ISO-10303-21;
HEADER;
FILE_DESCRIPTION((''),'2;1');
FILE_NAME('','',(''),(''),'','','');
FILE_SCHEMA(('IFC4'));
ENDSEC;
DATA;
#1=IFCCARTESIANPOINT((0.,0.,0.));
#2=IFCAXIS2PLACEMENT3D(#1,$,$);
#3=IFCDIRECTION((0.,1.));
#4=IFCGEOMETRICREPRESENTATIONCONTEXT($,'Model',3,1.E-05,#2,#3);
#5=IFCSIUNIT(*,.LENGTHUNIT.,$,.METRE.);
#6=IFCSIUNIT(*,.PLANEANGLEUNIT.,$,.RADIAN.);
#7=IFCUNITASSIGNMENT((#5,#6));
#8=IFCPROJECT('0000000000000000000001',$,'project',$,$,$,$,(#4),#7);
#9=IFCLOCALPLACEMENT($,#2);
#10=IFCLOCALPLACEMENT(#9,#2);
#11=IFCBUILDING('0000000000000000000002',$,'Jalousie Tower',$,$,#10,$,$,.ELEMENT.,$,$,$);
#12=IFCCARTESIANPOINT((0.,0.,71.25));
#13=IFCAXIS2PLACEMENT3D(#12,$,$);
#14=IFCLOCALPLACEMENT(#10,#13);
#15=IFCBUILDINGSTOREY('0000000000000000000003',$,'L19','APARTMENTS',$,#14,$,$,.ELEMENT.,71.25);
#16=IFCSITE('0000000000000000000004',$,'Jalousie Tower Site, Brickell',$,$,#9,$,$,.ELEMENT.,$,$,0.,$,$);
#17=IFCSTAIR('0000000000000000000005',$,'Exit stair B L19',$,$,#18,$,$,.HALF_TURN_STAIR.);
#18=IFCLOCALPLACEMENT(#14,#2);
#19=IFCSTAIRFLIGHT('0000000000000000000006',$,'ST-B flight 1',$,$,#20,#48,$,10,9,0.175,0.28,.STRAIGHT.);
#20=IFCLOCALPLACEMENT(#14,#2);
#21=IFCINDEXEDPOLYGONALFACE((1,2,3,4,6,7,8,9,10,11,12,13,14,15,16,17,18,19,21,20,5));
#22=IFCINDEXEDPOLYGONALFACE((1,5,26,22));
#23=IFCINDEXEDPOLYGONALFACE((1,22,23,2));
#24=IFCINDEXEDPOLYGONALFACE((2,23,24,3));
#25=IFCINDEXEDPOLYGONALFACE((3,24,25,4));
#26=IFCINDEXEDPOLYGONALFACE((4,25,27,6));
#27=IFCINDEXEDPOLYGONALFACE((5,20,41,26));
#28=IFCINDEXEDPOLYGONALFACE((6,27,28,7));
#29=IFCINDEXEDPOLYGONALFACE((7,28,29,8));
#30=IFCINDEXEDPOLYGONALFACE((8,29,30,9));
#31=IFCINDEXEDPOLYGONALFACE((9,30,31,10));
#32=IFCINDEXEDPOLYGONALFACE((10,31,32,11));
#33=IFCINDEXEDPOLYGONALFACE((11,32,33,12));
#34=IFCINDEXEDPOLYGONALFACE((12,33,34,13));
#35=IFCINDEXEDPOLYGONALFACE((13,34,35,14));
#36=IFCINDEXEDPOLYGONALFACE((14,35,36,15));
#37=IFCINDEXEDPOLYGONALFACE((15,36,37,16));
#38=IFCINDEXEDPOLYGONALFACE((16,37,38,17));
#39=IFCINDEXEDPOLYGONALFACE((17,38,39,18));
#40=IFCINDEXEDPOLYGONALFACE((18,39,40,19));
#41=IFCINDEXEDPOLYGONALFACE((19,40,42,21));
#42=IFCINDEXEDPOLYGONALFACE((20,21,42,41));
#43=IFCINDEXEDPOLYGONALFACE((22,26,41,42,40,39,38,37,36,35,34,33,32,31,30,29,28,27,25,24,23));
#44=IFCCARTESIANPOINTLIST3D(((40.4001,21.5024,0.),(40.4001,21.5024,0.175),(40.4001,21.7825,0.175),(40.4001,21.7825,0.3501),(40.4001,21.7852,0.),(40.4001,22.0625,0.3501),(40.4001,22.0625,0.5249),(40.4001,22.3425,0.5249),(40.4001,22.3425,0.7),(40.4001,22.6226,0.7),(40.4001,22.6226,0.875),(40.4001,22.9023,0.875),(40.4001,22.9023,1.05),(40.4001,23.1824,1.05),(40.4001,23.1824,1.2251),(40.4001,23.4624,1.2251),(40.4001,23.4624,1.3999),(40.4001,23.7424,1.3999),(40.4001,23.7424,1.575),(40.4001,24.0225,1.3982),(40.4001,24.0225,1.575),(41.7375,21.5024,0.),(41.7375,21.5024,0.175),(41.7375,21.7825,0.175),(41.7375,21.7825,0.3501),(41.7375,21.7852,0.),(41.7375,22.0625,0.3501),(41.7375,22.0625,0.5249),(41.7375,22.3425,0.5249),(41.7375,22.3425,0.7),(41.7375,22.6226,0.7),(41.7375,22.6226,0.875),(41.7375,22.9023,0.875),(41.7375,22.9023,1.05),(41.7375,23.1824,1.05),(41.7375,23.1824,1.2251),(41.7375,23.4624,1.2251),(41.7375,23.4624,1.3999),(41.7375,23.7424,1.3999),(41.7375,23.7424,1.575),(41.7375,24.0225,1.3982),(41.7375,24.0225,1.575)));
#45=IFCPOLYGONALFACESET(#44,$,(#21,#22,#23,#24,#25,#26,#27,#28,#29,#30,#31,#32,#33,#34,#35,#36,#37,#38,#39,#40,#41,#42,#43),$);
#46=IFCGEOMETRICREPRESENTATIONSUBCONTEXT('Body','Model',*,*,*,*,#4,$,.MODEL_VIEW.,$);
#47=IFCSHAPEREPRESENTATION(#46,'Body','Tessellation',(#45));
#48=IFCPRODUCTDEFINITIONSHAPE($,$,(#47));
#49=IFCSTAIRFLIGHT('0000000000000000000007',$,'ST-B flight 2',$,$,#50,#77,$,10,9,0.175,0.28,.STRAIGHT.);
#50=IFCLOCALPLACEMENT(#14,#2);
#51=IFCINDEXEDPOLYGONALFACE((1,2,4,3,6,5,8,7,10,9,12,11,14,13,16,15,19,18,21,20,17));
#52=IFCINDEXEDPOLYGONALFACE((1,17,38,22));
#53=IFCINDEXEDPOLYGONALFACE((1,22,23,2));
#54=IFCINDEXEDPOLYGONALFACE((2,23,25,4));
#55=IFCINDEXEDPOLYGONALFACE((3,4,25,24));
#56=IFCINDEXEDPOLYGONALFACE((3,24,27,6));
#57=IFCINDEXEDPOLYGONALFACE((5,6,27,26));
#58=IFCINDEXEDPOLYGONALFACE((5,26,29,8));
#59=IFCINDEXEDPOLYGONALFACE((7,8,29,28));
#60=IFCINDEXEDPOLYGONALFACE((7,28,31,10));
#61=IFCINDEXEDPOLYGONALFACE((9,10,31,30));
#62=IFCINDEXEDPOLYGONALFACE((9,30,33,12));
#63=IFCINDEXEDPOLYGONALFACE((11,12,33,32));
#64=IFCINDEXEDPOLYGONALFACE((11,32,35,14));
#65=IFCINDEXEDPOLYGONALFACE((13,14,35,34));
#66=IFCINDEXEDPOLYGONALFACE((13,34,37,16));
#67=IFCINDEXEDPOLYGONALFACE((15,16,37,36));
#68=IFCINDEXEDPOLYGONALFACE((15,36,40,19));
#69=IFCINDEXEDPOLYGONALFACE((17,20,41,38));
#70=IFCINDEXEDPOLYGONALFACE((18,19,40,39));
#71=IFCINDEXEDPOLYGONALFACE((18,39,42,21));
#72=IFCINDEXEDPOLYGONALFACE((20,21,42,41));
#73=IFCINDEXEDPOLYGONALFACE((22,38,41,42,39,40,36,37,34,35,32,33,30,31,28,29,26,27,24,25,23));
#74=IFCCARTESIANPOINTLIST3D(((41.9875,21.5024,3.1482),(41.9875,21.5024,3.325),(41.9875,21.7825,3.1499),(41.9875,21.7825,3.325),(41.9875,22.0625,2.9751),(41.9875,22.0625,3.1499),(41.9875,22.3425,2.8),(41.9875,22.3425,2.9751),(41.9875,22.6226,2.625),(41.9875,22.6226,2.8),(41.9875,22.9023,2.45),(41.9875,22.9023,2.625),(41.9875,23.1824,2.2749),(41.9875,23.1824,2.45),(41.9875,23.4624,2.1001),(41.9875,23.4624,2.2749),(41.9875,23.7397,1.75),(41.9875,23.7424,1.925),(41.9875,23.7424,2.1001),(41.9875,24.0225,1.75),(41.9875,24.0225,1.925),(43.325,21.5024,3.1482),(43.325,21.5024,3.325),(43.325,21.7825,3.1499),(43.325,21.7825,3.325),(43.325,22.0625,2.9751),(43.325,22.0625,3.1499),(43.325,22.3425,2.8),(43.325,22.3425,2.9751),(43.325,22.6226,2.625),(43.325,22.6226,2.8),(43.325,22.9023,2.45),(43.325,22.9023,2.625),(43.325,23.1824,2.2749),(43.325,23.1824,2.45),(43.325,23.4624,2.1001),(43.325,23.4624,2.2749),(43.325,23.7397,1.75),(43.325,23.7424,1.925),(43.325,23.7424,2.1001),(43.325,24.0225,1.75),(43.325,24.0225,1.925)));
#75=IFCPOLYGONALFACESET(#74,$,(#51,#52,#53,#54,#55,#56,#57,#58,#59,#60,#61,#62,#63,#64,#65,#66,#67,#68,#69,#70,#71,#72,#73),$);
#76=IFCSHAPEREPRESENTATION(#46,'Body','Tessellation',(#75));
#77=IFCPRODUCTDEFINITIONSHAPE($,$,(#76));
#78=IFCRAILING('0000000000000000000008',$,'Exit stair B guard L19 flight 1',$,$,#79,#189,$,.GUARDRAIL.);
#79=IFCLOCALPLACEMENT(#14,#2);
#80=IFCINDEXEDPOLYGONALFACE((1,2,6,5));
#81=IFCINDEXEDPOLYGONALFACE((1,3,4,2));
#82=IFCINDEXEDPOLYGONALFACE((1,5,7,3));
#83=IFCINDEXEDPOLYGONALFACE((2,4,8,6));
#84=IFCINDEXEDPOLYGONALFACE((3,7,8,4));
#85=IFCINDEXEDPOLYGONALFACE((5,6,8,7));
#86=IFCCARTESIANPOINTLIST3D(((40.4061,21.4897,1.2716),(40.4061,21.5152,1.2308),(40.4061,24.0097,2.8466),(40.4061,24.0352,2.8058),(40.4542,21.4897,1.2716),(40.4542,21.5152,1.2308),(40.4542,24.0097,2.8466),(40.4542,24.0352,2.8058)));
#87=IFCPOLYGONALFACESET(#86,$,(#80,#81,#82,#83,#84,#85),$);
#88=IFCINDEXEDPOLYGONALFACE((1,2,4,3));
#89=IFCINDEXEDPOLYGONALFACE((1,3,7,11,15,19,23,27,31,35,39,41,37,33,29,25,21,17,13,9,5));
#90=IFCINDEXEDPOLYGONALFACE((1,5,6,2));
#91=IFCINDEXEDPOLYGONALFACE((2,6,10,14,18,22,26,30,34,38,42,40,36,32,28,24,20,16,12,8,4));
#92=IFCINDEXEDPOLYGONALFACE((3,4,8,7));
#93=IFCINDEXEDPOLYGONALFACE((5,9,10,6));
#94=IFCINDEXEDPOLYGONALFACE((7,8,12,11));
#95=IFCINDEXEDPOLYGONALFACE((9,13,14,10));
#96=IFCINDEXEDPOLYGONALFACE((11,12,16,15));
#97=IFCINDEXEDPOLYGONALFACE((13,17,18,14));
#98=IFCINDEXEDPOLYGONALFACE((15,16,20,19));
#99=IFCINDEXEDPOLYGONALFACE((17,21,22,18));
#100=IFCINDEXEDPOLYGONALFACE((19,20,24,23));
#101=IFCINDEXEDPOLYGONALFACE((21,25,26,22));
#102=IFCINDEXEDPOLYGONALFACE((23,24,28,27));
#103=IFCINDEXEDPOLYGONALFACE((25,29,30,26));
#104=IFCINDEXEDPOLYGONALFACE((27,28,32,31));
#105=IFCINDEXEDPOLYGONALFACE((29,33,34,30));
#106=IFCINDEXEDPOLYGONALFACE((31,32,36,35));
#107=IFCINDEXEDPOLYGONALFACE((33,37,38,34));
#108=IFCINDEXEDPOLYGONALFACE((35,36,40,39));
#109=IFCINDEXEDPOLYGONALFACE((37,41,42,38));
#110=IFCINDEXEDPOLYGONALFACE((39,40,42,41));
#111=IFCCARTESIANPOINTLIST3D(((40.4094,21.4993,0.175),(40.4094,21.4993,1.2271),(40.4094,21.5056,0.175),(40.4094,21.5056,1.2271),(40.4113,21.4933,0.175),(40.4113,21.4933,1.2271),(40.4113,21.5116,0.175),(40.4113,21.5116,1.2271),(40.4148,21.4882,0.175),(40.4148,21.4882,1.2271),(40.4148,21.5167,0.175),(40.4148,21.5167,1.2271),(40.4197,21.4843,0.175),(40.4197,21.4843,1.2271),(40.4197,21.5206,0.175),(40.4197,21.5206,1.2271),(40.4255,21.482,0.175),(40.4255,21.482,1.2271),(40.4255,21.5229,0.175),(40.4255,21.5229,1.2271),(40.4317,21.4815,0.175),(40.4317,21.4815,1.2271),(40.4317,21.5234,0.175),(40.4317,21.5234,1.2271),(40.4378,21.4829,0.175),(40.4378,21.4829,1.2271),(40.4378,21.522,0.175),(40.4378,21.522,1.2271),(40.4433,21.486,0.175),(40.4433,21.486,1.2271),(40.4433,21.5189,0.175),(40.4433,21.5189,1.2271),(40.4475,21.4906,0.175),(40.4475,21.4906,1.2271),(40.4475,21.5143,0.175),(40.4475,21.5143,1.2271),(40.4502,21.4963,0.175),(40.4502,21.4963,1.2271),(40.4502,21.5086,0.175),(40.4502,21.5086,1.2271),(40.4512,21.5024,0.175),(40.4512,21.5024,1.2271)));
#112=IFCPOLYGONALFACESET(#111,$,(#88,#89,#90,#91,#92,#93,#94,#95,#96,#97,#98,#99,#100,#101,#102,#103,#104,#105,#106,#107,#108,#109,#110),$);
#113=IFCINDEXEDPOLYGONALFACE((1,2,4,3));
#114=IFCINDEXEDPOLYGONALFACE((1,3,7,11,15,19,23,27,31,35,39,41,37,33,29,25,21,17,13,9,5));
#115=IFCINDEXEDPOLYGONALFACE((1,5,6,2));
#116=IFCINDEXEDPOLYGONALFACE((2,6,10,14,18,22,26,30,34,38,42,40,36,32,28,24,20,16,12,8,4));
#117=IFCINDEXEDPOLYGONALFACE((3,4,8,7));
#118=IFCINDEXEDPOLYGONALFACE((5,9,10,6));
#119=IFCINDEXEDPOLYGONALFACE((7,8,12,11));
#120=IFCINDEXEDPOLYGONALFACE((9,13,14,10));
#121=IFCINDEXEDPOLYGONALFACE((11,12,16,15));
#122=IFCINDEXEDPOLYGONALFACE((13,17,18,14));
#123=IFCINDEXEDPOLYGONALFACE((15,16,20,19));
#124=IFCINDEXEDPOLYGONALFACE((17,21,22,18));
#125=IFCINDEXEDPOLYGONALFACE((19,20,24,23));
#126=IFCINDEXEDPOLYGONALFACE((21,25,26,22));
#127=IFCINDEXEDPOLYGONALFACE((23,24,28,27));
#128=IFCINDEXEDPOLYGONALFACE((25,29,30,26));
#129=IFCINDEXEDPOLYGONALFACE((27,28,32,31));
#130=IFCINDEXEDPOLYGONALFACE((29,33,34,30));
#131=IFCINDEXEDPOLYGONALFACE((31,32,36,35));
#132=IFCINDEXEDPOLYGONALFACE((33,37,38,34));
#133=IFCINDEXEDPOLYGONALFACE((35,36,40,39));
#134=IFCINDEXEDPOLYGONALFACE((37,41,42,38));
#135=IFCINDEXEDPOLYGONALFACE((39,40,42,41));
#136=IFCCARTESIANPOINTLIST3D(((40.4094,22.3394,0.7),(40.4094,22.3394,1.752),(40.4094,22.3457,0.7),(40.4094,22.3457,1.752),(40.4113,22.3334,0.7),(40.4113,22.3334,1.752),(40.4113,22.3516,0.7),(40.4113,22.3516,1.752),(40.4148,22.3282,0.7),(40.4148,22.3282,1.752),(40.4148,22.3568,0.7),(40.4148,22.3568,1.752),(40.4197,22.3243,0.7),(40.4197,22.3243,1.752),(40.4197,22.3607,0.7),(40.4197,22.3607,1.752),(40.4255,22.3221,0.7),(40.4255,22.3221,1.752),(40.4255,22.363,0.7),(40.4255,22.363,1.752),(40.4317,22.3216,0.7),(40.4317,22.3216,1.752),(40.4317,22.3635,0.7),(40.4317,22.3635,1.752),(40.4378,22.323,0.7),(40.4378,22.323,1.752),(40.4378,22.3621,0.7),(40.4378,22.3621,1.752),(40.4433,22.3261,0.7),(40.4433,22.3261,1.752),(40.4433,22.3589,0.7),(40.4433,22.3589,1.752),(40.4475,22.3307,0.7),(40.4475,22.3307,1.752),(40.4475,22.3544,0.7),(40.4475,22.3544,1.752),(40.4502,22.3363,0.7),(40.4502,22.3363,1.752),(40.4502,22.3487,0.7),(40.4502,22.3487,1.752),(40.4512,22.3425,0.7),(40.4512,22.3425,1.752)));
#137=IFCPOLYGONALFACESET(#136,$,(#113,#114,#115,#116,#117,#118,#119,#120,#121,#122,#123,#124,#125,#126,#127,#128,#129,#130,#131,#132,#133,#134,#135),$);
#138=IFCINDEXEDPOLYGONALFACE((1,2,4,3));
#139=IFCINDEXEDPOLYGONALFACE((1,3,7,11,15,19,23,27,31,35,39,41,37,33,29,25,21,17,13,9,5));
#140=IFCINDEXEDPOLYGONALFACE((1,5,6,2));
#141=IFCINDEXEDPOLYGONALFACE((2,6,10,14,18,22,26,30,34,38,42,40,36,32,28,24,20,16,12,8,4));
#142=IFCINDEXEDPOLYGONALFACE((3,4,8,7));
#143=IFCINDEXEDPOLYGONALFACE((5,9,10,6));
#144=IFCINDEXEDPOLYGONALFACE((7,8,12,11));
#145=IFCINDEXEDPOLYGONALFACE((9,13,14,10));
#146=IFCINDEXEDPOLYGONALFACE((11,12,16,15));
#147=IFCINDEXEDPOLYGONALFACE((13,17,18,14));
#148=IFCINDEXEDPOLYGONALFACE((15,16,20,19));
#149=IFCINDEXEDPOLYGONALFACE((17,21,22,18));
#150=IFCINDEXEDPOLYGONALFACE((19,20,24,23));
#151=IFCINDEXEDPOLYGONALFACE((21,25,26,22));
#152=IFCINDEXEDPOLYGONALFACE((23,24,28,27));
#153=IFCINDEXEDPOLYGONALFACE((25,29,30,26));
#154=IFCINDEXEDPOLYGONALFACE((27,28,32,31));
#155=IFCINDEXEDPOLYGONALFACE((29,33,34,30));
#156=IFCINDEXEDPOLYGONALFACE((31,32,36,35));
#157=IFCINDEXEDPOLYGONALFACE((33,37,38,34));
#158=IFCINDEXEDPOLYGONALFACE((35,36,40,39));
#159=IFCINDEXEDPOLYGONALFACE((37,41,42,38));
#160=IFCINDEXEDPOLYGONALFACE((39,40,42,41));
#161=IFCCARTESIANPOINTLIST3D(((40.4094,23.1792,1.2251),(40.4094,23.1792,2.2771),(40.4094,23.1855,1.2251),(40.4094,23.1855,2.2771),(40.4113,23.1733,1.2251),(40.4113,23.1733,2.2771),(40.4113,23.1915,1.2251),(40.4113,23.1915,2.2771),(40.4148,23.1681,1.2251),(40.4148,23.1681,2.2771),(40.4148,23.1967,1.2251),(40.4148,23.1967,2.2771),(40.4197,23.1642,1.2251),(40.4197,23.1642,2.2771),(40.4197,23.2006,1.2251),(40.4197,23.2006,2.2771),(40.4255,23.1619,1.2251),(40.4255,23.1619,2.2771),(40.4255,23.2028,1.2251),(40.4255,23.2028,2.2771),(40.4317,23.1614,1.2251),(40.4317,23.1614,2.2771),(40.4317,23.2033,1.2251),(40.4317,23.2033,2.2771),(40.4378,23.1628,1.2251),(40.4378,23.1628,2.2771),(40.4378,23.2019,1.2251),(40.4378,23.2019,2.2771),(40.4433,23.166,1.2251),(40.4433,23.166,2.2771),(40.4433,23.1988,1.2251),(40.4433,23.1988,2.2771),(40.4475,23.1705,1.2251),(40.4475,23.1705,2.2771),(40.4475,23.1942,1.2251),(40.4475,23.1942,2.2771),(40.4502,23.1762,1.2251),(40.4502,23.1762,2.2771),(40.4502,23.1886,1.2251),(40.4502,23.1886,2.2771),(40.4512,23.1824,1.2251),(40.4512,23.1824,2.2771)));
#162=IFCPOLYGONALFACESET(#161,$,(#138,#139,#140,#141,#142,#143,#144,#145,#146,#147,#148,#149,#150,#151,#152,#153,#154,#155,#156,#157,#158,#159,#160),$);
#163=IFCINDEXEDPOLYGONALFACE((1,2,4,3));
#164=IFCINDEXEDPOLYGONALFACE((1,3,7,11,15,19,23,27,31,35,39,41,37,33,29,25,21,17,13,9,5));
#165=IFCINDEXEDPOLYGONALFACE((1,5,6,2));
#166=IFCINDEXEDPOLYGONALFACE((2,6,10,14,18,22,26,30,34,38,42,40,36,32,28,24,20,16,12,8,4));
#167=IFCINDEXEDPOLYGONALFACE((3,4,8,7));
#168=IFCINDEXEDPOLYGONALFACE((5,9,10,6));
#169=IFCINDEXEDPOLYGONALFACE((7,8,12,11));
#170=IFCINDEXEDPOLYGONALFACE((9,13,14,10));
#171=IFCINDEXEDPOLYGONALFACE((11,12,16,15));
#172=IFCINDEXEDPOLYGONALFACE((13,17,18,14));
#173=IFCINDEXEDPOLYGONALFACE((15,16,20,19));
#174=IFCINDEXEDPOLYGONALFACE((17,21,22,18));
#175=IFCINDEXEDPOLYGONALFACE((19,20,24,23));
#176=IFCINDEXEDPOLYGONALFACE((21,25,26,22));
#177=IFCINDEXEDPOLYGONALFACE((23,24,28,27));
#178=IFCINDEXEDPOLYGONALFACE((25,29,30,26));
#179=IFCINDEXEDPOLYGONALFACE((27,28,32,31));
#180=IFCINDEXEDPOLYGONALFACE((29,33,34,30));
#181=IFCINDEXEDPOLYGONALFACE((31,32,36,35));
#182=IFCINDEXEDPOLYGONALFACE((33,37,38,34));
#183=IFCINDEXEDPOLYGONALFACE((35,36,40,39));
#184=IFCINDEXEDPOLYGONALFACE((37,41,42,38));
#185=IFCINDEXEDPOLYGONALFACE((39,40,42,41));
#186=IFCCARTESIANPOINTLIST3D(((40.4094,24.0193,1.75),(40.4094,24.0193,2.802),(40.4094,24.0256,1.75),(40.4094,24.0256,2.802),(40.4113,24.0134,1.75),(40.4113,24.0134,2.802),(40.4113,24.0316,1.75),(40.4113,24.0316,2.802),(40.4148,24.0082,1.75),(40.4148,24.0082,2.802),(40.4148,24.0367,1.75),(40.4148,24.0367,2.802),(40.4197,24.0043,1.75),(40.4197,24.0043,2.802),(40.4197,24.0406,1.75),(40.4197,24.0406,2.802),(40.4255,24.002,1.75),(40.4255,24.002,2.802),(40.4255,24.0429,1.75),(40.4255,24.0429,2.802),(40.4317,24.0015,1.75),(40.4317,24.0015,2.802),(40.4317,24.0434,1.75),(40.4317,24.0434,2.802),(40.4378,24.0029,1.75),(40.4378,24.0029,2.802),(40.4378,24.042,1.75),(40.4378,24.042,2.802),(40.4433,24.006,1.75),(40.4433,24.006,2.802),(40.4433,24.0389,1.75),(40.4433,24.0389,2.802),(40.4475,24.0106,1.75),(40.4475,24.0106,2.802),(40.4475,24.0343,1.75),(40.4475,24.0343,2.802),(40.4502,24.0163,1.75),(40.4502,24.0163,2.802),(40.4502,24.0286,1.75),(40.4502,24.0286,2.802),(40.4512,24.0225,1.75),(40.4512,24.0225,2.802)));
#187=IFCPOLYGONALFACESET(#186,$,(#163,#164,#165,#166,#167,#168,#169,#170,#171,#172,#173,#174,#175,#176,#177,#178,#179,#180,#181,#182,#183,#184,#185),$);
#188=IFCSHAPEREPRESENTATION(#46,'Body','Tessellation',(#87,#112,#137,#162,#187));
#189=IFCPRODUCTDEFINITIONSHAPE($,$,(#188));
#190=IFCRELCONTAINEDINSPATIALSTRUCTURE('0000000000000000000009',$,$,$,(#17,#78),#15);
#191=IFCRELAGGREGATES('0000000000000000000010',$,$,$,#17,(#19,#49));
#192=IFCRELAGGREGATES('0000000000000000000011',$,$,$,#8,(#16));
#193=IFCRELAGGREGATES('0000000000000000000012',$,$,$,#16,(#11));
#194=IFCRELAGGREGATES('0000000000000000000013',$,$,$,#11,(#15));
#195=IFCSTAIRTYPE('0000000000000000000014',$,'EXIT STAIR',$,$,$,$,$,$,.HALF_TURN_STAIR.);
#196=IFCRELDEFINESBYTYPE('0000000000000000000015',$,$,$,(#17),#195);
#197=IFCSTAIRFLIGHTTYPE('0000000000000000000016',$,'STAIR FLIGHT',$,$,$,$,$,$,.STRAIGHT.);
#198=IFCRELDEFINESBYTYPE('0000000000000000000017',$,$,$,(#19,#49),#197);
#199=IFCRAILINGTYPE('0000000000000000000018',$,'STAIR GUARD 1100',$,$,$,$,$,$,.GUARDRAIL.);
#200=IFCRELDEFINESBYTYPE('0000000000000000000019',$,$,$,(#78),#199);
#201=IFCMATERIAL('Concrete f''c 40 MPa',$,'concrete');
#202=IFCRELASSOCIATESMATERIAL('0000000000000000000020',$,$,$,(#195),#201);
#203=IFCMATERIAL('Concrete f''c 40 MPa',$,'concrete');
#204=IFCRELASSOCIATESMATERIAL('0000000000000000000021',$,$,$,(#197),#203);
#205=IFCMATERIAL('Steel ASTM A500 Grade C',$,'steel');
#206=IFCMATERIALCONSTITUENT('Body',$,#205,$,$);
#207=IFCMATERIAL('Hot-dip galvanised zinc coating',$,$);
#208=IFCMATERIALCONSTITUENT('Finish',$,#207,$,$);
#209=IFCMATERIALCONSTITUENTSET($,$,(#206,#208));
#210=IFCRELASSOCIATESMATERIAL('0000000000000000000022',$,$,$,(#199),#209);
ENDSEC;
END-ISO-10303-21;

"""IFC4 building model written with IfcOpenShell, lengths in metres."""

from ifc_helpers import new_model, si_unit, direction, frame, origin, origin_2d, place, context, subcontext, project, spatial, polyline, rectangle, circle, outline, extrude, material, constituent, constituent_set, type_object, element, aggregate, save


model = new_model("IFC4")

# Units and contexts
model_context = context("Model", 3, precision=1e-05, world=origin(), true_north=direction((0.0, 1.0)))
body_context = subcontext(model_context, "Body", "Model", "MODEL_VIEW")
ifc_project = project(units=[si_unit("LENGTHUNIT", "METRE"), si_unit("PLANEANGLEUNIT", "RADIAN")], contexts=[model_context])

# Site, building, storey
site_placement = place(None, origin())
site = spatial("IfcSite", under=ifc_project, at=site_placement, Name="Jalousie Tower Site, Brickell", CompositionType="ELEMENT", RefElevation=0.0)
building_placement = place(site_placement, origin())
building = spatial("IfcBuilding", under=site, at=building_placement, Name="Jalousie Tower", CompositionType="ELEMENT")
storey_placement = place(building_placement, frame((0.0, 0.0, 71.25)))
storey = spatial("IfcBuildingStorey", under=building, at=storey_placement, Name="L19", Description="APARTMENTS", CompositionType="ELEMENT", Elevation=71.25)

# Stair, stair flights
ifc_material_1 = material(Name="Concrete f'c 40 MPa", Category="concrete")
stair_type = type_object("IfcStairType", Name="EXIT STAIR", PredefinedType="HALF_TURN_STAIR", material=ifc_material_1)
stair_placement = place(storey_placement, origin())
stair = element("IfcStair", 1, at=stair_placement, inside=storey, type_object=stair_type, Name="Exit stair B L19", PredefinedType="HALF_TURN_STAIR")
ifc_material_2 = material(Name="Concrete f'c 40 MPa", Category="concrete")
stair_flight_type = type_object("IfcStairFlightType", Name="STAIR FLIGHT", PredefinedType="STRAIGHT", material=ifc_material_2)
stair_flight_1_placement = place(storey_placement, frame((41.0688, 21.5024, 0.0), z_axis=(0.0, 0.0, 1.0), x_axis=(0.0, 1.0, 0.0)))
stair_flight_1 = element("IfcStairFlight", 2, at=stair_flight_1_placement, type_object=stair_flight_type, Name="ST-B flight 1", NumberOfRisers=10, NumberOfTreads=9, PredefinedType="STRAIGHT", RiserHeight=0.175, TreadLength=0.28, context=body_context, shape_type="SweptSolid", body=[
    extrude(outline(polyline([(0.0, 0.0), (0.0, 0.175), (0.28, 0.175), (0.28, 0.3501), (0.5601, 0.3501), (0.5601, 0.5249), (0.8401, 0.5249), (0.8401, 0.7), (1.1201, 0.7), (1.1201, 0.875), (1.3999, 0.875), (1.3999, 1.05), (1.6799, 1.05), (1.6799, 1.2251), (1.96, 1.2251), (1.96, 1.3999), (2.24, 1.3999), (2.24, 1.575), (2.52, 1.575), (2.52, 1.75), (2.52, 1.3982), (0.2827, 0.0), (0.0, 0.0)])), frame((0.0, 0.6687, 0.0), z_axis=(0.0, -1.0, 0.0), x_axis=(1.0, 0.0, 0.0)), (0.0, 0.0, 1.0), 1.3374),
])
stair_flight_2_placement = place(storey_placement, frame((42.6562, 24.0225, 1.75), z_axis=(0.0, 0.0, 1.0), x_axis=(0.0, -1.0, 0.0)))
stair_flight_2 = element("IfcStairFlight", 3, at=stair_flight_2_placement, type_object=stair_flight_type, Name="ST-B flight 2", NumberOfRisers=10, NumberOfTreads=9, PredefinedType="STRAIGHT", RiserHeight=0.175, TreadLength=0.28, context=body_context, shape_type="SweptSolid", body=[
    extrude(outline(polyline([(0.0, 0.0), (0.0, 0.175), (0.28, 0.175), (0.28, 0.3501), (0.5601, 0.3501), (0.5601, 0.5249), (0.8401, 0.5249), (0.8401, 0.7), (1.1201, 0.7), (1.1201, 0.875), (1.3999, 0.875), (1.3999, 1.05), (1.6799, 1.05), (1.6799, 1.2251), (1.96, 1.2251), (1.96, 1.3999), (2.24, 1.3999), (2.24, 1.575), (2.52, 1.575), (2.52, 1.75), (2.52, 1.3982), (0.2827, 0.0), (0.0, 0.0)])), frame((0.0, 0.6687, 0.0), z_axis=(0.0, -1.0, 0.0), x_axis=(1.0, 0.0, 0.0)), (0.0, 0.0, 1.0), 1.3374),
])
aggregate(stair, [stair_flight_1, stair_flight_2])

# Railing
ifc_material_3 = material(Name="Steel ASTM A500 Grade C", Category="steel")
ifc_constituent_1 = constituent(ifc_material_3, Name="Body")
ifc_material_4 = material(Name="Hot-dip galvanised zinc coating")
ifc_constituent_2 = constituent(ifc_material_4, Name="Finish")
ifc_constituent_set_1 = constituent_set(constituents=[ifc_constituent_1, ifc_constituent_2])
railing_type_1 = type_object("IfcRailingType", Name="STAIR GUARD 1100", PredefinedType="GUARDRAIL", material=ifc_constituent_set_1)
railing_1_placement = place(storey_placement, frame((40.4302, 21.5024, 0.175)))
element("IfcRailing", 4, at=railing_1_placement, inside=storey, type_object=railing_type_1, Name="Exit stair B guard L19 flight 1", PredefinedType="GUARDRAIL", context=body_context, shape_type="SweptSolid", body=[
    extrude(rectangle(XDim=0.0481, YDim=0.0481, at=origin_2d()), frame((0.0, 0.0, 1.0762), z_axis=(0.0, 0.848008, 0.529984), x_axis=(-1.0, 0.0, 0.0)), (0.0, 0.0, 1.0), 2.9717),
    extrude(circle(Radius=0.021, at=origin_2d()), origin(), (0.0, 0.0, 1.0), 1.052),
    extrude(circle(Radius=0.021, at=origin_2d()), frame((0.0, 0.8401, 0.5249)), (0.0, 0.0, 1.0), 1.052),
    extrude(circle(Radius=0.021, at=origin_2d()), frame((0.0, 1.6799, 1.05)), (0.0, 0.0, 1.0), 1.052),
    extrude(circle(Radius=0.021, at=origin_2d()), frame((0.0, 2.52, 1.575)), (0.0, 0.0, 1.0), 1.052),
])

save(model, "model.ifc")
